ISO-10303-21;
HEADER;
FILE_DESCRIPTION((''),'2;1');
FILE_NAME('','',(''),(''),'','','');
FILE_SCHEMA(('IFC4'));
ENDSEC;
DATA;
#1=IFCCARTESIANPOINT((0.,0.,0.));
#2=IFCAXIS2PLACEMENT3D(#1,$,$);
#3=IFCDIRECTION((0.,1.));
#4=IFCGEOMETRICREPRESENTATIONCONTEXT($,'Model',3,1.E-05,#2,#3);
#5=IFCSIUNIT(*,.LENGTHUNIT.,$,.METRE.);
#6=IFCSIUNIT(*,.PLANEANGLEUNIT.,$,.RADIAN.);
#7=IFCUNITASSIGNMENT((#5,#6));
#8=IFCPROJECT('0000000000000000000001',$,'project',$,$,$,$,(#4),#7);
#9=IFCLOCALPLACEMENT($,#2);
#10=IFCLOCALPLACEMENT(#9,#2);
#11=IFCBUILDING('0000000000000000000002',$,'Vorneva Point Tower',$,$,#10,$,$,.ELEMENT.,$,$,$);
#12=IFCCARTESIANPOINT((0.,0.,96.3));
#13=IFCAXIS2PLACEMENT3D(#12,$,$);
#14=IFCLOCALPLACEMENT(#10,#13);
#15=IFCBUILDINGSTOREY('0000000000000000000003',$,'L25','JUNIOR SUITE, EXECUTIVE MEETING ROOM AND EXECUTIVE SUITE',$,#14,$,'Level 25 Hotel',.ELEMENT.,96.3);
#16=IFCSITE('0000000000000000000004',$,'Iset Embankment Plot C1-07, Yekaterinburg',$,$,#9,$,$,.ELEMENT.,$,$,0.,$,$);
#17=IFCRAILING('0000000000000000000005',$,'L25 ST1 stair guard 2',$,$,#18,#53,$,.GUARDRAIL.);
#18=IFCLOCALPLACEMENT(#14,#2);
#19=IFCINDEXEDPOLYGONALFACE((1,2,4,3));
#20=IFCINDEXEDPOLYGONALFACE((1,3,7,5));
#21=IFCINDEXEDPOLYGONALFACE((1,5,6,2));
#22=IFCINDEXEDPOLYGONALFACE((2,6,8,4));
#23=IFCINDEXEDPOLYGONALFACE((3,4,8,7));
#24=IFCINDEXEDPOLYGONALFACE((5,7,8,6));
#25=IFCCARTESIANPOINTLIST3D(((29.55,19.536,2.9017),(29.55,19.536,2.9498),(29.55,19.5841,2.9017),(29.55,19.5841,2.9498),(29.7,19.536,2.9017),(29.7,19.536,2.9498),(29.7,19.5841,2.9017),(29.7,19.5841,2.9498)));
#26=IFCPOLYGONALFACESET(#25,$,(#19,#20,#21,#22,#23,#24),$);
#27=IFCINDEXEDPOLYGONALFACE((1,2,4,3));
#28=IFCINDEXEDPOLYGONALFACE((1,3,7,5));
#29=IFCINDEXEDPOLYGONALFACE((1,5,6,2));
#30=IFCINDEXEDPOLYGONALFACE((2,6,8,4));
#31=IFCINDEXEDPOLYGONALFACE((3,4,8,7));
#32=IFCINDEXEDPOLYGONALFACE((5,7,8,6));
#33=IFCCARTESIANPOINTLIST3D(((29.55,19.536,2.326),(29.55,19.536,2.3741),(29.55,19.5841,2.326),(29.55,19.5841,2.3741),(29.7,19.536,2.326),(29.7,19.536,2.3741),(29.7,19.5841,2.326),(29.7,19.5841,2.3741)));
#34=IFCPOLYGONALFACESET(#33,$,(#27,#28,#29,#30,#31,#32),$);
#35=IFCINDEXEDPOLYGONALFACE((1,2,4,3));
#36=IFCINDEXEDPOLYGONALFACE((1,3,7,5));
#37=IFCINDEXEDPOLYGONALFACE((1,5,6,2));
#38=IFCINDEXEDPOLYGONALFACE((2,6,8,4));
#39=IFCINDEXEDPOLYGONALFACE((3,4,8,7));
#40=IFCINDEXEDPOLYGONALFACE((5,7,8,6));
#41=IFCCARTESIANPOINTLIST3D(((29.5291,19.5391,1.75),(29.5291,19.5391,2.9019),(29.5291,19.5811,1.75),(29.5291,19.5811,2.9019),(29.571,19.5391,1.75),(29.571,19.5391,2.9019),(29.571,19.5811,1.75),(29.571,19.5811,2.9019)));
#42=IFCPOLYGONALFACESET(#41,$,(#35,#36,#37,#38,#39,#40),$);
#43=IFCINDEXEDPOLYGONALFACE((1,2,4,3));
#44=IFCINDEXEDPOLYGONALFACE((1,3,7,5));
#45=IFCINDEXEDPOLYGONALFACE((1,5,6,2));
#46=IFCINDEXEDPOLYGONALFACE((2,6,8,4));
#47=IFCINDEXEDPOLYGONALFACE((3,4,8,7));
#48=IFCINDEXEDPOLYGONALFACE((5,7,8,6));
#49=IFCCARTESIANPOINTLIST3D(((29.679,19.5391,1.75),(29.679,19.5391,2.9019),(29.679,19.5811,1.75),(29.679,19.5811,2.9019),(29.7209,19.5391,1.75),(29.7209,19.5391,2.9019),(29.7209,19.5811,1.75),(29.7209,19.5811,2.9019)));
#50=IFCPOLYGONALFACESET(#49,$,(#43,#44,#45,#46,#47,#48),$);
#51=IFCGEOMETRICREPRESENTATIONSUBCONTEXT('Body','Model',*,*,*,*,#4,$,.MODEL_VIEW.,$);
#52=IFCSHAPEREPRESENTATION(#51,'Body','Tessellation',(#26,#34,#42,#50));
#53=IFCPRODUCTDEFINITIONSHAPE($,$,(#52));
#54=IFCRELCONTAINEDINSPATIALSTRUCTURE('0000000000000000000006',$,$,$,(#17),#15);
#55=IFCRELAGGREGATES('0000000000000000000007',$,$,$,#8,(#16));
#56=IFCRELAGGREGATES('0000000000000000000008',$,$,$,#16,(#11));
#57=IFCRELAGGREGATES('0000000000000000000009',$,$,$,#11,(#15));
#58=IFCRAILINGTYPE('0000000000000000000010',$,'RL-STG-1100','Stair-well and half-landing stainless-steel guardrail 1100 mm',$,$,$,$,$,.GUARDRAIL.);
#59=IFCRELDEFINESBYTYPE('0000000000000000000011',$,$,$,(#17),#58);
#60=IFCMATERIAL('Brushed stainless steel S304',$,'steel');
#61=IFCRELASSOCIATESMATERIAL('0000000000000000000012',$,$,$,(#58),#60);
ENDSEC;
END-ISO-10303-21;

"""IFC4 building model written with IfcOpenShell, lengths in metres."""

from ifc_helpers import new_model, si_unit, direction, frame, origin, origin_2d, place, context, subcontext, project, spatial, rectangle, extrude, material, type_object, element, save


model = new_model("IFC4")

# Units and contexts
model_context = context("Model", 3, precision=1e-05, world=origin(), true_north=direction((0.0, 1.0)))
body_context = subcontext(model_context, "Body", "Model", "MODEL_VIEW")
ifc_project = project(units=[si_unit("LENGTHUNIT", "METRE"), si_unit("PLANEANGLEUNIT", "RADIAN")], contexts=[model_context])

# Site, building, storey
site_placement = place(None, origin())
site = spatial("IfcSite", under=ifc_project, at=site_placement, Name="Iset Embankment Plot C1-07, Yekaterinburg", CompositionType="ELEMENT", RefElevation=0.0)
building_placement = place(site_placement, origin())
building = spatial("IfcBuilding", under=site, at=building_placement, Name="Vorneva Point Tower", CompositionType="ELEMENT")
storey_placement = place(building_placement, frame((0.0, 0.0, 96.3)))
storey = spatial("IfcBuildingStorey", under=building, at=storey_placement, Name="L25", Description="JUNIOR SUITE, EXECUTIVE MEETING ROOM AND EXECUTIVE SUITE", LongName="Level 25 Hotel", CompositionType="ELEMENT", Elevation=96.3)

# Railing
ifc_material_1 = material(Name="Brushed stainless steel S304", Category="steel")
railing_type = type_object("IfcRailingType", Name="RL-STG-1100", Description="Stair-well and half-landing stainless-steel guardrail 1100 mm", PredefinedType="GUARDRAIL", material=ifc_material_1)
railing_placement = place(storey_placement, frame((29.55, 19.5601, 1.75)))
element("IfcRailing", 1, at=railing_placement, inside=storey, type_object=railing_type, Name="L25 ST1 stair guard 2", PredefinedType="GUARDRAIL", context=body_context, shape_type="SweptSolid", body=[
    extrude(rectangle(XDim=0.0481, YDim=0.0481, at=origin_2d()), frame((0.0, 0.0, 1.1758), z_axis=(1.0, 0.0, 0.0), x_axis=(0.0, 1.0, 0.0)), (0.0, 0.0, 1.0), 0.1499),
    extrude(rectangle(XDim=0.0481, YDim=0.0481, at=origin_2d()), frame((0.0, 0.0, 0.6001), z_axis=(1.0, 0.0, 0.0), x_axis=(0.0, 1.0, 0.0)), (0.0, 0.0, 1.0), 0.1499),
    extrude(rectangle(XDim=0.042, YDim=0.042, at=origin_2d()), origin(), (0.0, 0.0, 1.0), 1.1519),
    extrude(rectangle(XDim=0.042, YDim=0.042, at=origin_2d()), frame((0.1499, 0.0, 0.0)), (0.0, 0.0, 1.0), 1.1519),
])

save(model, "model.ifc")
